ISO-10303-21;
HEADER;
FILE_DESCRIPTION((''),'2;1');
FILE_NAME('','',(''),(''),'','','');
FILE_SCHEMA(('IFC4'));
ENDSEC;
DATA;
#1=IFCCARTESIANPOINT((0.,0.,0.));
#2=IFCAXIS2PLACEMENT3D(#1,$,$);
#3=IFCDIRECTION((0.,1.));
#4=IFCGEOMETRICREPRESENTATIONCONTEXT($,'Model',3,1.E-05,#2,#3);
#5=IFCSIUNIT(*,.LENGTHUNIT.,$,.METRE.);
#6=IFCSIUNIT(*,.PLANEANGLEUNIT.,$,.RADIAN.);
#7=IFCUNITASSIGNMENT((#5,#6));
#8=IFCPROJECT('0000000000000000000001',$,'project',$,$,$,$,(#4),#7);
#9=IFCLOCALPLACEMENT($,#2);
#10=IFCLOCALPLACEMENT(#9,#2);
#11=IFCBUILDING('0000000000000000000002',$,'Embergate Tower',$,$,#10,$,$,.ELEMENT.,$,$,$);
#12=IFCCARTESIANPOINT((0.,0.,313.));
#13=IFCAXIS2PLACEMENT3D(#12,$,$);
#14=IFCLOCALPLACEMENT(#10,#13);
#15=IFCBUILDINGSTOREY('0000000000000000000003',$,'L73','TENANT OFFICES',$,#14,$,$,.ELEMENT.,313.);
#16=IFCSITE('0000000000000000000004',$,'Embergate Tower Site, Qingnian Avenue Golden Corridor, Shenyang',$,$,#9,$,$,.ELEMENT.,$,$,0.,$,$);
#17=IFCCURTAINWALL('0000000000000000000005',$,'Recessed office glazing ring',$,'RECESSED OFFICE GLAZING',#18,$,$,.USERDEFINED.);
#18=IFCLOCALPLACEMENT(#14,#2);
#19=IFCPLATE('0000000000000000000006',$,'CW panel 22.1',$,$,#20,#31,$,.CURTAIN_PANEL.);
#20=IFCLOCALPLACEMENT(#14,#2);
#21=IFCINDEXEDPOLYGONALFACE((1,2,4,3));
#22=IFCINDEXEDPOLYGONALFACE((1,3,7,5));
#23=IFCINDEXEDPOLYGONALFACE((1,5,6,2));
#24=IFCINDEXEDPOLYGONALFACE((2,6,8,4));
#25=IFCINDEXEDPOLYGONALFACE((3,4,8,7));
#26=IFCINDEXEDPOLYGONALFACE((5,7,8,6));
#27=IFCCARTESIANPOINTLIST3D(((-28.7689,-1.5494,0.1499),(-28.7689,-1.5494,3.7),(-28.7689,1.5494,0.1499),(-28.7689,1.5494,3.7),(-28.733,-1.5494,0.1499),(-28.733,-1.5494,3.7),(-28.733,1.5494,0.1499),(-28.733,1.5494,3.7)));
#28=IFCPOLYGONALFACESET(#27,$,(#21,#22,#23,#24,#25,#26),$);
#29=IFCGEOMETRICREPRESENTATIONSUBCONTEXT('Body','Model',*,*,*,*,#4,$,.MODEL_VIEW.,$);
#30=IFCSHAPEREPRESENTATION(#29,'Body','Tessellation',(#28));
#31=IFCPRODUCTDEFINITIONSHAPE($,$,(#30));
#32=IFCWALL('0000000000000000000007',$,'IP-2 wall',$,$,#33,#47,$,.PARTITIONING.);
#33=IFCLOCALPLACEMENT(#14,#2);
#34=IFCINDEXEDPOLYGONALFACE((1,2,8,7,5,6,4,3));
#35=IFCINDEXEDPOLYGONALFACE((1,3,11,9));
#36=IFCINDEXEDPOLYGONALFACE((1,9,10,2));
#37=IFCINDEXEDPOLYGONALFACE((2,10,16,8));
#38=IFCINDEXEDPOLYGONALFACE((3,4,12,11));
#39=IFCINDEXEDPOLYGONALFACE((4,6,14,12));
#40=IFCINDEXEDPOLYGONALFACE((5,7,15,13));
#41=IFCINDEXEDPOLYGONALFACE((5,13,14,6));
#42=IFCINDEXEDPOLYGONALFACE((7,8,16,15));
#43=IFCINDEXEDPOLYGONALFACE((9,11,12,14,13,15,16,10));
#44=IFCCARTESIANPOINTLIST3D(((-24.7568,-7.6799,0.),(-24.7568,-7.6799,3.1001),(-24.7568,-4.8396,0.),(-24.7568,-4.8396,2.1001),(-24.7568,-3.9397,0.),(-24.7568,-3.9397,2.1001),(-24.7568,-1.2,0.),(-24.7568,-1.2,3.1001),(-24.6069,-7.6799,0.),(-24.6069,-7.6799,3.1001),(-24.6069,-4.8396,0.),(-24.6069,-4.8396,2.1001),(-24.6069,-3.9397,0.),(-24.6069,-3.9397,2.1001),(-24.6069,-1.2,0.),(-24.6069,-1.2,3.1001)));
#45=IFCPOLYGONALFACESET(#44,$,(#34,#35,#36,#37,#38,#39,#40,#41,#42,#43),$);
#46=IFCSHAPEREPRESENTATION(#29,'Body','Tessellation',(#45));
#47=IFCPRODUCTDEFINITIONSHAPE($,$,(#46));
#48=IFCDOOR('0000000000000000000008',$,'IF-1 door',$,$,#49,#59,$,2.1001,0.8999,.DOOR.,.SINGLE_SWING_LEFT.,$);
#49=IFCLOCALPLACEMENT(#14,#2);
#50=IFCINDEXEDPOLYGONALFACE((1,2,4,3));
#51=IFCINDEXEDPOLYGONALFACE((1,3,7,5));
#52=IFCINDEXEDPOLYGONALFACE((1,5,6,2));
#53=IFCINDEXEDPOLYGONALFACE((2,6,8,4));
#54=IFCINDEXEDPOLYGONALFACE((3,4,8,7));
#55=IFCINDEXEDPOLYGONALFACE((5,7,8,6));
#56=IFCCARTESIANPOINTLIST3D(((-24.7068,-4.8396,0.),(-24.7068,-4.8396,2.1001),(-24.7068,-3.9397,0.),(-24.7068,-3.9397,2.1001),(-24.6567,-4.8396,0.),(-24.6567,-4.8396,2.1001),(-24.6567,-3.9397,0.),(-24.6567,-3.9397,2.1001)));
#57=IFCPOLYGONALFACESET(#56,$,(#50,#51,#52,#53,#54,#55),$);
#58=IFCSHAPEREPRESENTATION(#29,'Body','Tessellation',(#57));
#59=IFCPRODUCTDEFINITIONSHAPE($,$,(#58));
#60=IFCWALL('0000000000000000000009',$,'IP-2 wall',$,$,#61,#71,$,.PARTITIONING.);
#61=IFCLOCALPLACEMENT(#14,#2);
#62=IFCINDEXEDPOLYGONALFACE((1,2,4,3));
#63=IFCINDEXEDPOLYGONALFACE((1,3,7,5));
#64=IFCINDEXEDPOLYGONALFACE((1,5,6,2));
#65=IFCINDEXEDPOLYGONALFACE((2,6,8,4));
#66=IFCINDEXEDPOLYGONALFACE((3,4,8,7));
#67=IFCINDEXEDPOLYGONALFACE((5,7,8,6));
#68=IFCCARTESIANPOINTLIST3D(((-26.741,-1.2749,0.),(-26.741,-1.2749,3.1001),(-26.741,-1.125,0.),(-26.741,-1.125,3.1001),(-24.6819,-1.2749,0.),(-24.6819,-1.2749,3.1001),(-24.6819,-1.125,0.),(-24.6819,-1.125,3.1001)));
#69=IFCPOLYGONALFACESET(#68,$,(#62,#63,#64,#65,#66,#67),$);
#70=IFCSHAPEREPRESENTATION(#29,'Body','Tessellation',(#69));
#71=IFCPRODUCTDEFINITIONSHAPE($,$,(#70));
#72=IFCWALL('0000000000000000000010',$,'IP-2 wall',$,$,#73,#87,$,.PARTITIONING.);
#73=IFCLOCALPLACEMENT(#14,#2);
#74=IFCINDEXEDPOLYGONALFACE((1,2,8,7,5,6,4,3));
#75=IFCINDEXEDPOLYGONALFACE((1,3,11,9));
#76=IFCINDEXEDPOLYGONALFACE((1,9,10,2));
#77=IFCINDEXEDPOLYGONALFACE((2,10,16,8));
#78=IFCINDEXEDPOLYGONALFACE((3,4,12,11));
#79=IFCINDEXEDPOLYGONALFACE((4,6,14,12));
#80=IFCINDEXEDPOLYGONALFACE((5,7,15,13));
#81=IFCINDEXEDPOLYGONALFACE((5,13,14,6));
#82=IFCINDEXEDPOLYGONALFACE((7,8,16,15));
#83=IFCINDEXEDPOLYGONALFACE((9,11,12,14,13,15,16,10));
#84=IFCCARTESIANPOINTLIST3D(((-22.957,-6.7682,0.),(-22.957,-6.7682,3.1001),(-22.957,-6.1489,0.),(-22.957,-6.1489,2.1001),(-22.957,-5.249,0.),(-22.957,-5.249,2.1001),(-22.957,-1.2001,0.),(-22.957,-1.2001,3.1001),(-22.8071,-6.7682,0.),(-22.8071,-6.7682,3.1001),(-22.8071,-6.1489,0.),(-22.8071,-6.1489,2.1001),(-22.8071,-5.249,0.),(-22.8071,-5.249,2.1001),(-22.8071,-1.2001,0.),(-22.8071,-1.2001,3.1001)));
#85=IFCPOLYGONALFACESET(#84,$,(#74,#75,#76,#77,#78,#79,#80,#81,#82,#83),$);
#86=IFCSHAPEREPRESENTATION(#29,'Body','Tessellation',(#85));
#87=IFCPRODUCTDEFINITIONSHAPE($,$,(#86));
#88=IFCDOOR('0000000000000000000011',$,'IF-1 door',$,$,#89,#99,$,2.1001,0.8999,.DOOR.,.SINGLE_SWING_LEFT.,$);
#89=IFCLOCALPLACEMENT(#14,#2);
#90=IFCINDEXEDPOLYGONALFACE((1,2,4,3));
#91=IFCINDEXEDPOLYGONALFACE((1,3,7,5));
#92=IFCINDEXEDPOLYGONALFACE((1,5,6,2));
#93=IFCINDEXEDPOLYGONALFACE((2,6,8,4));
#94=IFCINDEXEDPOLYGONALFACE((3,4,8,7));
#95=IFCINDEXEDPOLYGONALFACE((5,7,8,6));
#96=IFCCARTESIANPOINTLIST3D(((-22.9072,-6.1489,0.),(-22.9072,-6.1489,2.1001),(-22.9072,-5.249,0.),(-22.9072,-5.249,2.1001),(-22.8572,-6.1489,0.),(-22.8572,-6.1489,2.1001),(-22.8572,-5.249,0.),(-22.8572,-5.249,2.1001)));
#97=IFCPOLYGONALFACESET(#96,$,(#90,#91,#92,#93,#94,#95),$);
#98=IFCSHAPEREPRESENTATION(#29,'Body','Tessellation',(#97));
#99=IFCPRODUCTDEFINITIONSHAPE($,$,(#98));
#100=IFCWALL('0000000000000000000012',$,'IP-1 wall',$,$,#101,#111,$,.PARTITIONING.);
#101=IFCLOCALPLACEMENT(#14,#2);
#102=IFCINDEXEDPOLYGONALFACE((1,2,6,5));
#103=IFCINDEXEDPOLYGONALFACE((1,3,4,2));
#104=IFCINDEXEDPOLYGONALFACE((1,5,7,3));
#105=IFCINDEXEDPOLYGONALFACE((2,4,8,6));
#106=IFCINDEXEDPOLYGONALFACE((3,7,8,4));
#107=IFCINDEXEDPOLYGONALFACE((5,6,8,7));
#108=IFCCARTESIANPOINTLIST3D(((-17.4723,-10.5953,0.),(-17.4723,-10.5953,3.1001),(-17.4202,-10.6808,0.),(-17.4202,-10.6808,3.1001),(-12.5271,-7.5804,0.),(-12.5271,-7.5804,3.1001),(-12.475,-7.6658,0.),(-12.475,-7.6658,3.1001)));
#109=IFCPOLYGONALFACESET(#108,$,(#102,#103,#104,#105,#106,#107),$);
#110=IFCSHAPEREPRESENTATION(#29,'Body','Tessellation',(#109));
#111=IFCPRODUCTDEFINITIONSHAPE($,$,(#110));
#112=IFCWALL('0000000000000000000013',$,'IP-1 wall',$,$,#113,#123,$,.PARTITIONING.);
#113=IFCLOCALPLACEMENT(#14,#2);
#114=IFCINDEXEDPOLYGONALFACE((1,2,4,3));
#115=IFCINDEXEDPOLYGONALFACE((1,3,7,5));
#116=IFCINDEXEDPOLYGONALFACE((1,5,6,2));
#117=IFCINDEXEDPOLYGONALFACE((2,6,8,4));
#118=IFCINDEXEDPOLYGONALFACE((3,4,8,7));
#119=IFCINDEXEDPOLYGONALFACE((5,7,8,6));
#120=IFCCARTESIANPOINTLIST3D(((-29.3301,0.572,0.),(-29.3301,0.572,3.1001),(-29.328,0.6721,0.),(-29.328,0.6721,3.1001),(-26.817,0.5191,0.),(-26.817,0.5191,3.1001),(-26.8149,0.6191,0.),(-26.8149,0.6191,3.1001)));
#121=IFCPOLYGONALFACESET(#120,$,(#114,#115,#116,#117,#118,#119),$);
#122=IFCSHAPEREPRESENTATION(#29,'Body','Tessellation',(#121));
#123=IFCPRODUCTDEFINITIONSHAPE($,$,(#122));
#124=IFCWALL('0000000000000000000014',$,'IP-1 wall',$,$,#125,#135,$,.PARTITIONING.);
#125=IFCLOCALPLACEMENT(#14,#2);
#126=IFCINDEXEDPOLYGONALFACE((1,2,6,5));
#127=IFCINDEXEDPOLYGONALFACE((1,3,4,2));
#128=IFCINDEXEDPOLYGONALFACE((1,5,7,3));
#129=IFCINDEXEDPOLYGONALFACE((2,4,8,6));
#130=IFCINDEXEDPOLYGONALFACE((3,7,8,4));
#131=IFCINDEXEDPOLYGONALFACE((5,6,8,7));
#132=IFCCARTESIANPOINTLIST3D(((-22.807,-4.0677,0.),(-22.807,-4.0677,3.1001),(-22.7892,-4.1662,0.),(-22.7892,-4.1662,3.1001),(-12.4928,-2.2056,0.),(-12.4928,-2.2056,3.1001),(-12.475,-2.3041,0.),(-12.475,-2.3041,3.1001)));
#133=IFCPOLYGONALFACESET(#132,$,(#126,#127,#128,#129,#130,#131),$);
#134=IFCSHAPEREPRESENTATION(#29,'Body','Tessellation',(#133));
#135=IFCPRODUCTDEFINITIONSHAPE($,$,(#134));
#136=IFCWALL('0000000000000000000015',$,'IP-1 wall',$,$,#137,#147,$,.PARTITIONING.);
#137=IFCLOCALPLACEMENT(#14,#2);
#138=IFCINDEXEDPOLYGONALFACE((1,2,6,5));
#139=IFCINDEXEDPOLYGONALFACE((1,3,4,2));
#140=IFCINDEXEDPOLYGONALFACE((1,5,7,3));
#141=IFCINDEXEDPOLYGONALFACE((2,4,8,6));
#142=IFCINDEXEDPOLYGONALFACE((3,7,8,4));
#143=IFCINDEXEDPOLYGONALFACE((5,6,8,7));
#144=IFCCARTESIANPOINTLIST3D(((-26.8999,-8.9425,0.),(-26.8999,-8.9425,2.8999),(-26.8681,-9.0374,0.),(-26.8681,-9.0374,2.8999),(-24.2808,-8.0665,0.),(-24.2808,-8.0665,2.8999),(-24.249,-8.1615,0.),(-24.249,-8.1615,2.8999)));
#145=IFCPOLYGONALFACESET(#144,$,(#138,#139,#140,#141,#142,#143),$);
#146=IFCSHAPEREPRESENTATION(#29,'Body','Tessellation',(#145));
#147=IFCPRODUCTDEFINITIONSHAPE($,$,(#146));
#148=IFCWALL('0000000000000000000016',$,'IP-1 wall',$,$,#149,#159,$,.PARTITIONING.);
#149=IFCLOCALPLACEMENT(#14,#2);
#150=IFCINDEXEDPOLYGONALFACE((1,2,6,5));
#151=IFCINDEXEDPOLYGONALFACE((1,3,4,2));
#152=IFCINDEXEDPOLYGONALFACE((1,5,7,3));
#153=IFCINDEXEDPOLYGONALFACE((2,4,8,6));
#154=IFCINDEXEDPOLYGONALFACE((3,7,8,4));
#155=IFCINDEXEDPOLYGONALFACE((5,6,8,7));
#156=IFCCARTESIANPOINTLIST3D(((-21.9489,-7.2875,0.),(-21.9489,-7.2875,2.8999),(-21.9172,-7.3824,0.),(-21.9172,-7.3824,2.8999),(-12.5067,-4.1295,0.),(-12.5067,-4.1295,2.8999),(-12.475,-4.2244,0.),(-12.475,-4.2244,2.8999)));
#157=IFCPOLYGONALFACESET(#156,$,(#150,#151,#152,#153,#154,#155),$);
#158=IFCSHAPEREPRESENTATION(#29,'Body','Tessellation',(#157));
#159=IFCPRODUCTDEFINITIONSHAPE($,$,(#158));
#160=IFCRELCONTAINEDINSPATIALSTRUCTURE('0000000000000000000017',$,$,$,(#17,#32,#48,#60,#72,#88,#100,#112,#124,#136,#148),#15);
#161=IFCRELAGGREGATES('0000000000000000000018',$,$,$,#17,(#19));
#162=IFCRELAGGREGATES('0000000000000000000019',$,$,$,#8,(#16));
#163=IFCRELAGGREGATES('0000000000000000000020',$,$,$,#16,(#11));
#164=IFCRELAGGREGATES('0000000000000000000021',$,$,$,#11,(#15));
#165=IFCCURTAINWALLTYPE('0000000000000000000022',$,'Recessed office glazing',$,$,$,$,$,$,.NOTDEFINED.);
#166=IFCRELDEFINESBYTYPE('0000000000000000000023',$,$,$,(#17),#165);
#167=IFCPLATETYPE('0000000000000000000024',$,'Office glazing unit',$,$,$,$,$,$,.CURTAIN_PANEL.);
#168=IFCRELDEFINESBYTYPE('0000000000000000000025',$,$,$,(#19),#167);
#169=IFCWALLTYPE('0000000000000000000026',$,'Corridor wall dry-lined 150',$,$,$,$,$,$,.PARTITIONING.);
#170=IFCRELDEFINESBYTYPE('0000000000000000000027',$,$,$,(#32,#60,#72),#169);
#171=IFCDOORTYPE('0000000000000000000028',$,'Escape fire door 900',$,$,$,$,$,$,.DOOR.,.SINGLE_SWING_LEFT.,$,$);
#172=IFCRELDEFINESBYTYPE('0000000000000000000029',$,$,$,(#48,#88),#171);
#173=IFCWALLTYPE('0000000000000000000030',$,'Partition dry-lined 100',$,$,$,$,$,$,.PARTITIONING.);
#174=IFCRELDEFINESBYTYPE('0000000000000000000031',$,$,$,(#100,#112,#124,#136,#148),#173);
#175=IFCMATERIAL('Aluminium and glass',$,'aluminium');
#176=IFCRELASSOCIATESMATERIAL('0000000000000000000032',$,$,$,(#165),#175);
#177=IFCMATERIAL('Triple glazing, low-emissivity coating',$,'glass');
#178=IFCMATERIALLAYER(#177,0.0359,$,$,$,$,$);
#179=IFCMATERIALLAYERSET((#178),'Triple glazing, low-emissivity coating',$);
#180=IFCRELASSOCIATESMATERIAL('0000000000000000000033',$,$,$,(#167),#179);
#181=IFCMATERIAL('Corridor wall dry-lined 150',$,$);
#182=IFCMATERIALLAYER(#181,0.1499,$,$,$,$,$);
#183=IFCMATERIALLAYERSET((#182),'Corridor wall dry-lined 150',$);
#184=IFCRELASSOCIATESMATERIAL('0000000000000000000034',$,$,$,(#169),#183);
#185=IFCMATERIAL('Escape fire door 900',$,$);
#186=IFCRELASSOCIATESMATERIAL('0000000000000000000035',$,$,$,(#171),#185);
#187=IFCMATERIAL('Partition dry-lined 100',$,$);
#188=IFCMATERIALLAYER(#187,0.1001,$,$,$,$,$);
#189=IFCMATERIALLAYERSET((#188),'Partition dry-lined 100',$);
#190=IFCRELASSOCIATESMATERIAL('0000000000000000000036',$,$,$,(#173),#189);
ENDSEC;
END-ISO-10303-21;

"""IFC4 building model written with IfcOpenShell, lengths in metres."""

from ifc_helpers import new_model, si_unit, direction, frame, frame_2d, origin, origin_2d, place, context, subcontext, project, spatial, rectangle, extrude, source, transform, mapped, material, layer, layer_set, type_object, element, fill, aggregate, save


model = new_model("IFC4")

# Units and contexts
model_context = context("Model", 3, precision=1e-05, world=origin(), true_north=direction((0.0, 1.0)))
body_context = subcontext(model_context, "Body", "Model", "MODEL_VIEW")
ifc_project = project(units=[si_unit("LENGTHUNIT", "METRE"), si_unit("PLANEANGLEUNIT", "RADIAN")], contexts=[model_context])

# Site, building, storey
site_placement = place(None, origin())
site = spatial("IfcSite", under=ifc_project, at=site_placement, Name="Embergate Tower Site, Qingnian Avenue Golden Corridor, Shenyang", CompositionType="ELEMENT", RefElevation=0.0)
building_placement = place(site_placement, origin())
building = spatial("IfcBuilding", under=site, at=building_placement, Name="Embergate Tower", CompositionType="ELEMENT")
storey_placement = place(building_placement, frame((0.0, 0.0, 313.0)))
storey = spatial("IfcBuildingStorey", under=building, at=storey_placement, Name="L73", Description="TENANT OFFICES", CompositionType="ELEMENT", Elevation=313.0)

# Curtain wall, plate
ifc_material_1 = material(Name="Aluminium and glass", Category="aluminium")
curtain_wall_type = type_object("IfcCurtainWallType", Name="Recessed office glazing", PredefinedType="NOTDEFINED", material=ifc_material_1)
curtain_wall_placement = place(storey_placement, origin())
curtain_wall = element("IfcCurtainWall", 1, at=curtain_wall_placement, inside=storey, type_object=curtain_wall_type, Name="Recessed office glazing ring", ObjectType="RECESSED OFFICE GLAZING", PredefinedType="USERDEFINED")
ifc_material_2 = material(Name="Triple glazing, low-emissivity coating", Category="glass")
ifc_layer_1 = layer(ifc_material_2, 0.0359)
ifc_layer_set_1 = layer_set([ifc_layer_1], Name="Triple glazing, low-emissivity coating")
plate_type = type_object("IfcPlateType", Name="Office glazing unit", PredefinedType="CURTAIN_PANEL", material=ifc_layer_set_1)
shared_shape_1 = source(origin(), body_context, "Body", "SweptSolid", [
    extrude(rectangle(XDim=3.0989, YDim=0.0359, at=origin_2d()), origin(), (0.0, 0.0, 1.0), 3.55),
])
plate_1_placement = place(storey_placement, frame((-28.751, 0.0, 0.1499), z_axis=(0.0, 0.0, 1.0), x_axis=(0.0, -1.0, 0.0)))
plate_1 = element("IfcPlate", 2, at=plate_1_placement, type_object=plate_type, Name="CW panel 22.1", PredefinedType="CURTAIN_PANEL", context=body_context, shape_type="MappedRepresentation", body=[
    mapped(shared_shape_1, transform((0.0, 0.0, 0.0))),
])
aggregate(curtain_wall, [plate_1])

# Wall, opening, door
ifc_material_3 = material(Name="Corridor wall dry-lined 150")
ifc_layer_2 = layer(ifc_material_3, 0.1499)
ifc_layer_set_2 = layer_set([ifc_layer_2], Name="Corridor wall dry-lined 150")
wall_type_1 = type_object("IfcWallType", Name="Corridor wall dry-lined 150", PredefinedType="PARTITIONING", material=ifc_layer_set_2)
shared_shape_2 = source(origin(), body_context, "Body", "SweptSolid", [
    extrude(rectangle(XDim=6.48, YDim=0.1499, at=frame_2d((3.24, 0.0))), origin(), (0.0, 0.0, 1.0), 3.1001),
])
wall_1_placement = place(storey_placement, frame((-24.6819, -7.6799, 0.0), z_axis=(0.0, 0.0, 1.0), x_axis=(0.0, 1.0, 0.0)))
wall_1 = element("IfcWall", 3, at=wall_1_placement, inside=storey, type_object=wall_type_1, Name="IP-2 wall", PredefinedType="PARTITIONING", context=body_context, shape_type="MappedRepresentation", body=[
    mapped(shared_shape_2, transform((0.0, 0.0, 0.0))),
])
shared_shape_3 = source(origin(), body_context, "Body", "SweptSolid", [
    extrude(rectangle(XDim=0.8999, YDim=2.1001, at=frame_2d((0.45, 1.05))), frame((0.0, 0.085, 0.0), z_axis=(0.0, -1.0, 0.0), x_axis=(1.0, 0.0, 0.0)), (0.0, 0.0, 1.0), 0.1699),
])
opening_1_placement = place(wall_1_placement, frame((2.8403, 0.0, 0.0)))
opening_1 = element("IfcOpeningElement", 4, at=opening_1_placement, cuts=wall_1, PredefinedType="OPENING", context=body_context, shape_type="MappedRepresentation", body=[
    mapped(shared_shape_3, transform((0.0, 0.0, 0.0))),
])
ifc_material_4 = material(Name="Escape fire door 900")
door_type = type_object("IfcDoorType", Name="Escape fire door 900", OperationType="SINGLE_SWING_LEFT", PredefinedType="DOOR", material=ifc_material_4)
shared_shape_4 = source(origin(), body_context, "Body", "SweptSolid", [
    extrude(rectangle(XDim=0.8999, YDim=2.1001, at=frame_2d((0.45, 1.05))), frame((0.0, 0.0249, 0.0), z_axis=(0.0, -1.0, 0.0), x_axis=(1.0, 0.0, 0.0)), (0.0, 0.0, 1.0), 0.05),
])
door_1_placement = place(opening_1_placement, origin())
door_1 = element("IfcDoor", 5, at=door_1_placement, inside=storey, type_object=door_type, Name="IF-1 door", OperationType="SINGLE_SWING_LEFT", OverallHeight=2.1001, OverallWidth=0.8999, PredefinedType="DOOR", context=body_context, shape_type="MappedRepresentation", body=[
    mapped(shared_shape_4, transform((0.0, 0.0, 0.0))),
])
fill(opening_1, door_1)

# Wall
shared_shape_5 = source(origin(), body_context, "Body", "SweptSolid", [
    extrude(rectangle(XDim=2.0591, YDim=0.1499, at=frame_2d((1.0295, 0.0))), origin(), (0.0, 0.0, 1.0), 3.1001),
])
wall_2_placement = place(storey_placement, frame((-24.6819, -1.2, 0.0), z_axis=(0.0, 0.0, 1.0), x_axis=(-1.0, 0.0, 0.0)))
element("IfcWall", 6, at=wall_2_placement, inside=storey, type_object=wall_type_1, Name="IP-2 wall", PredefinedType="PARTITIONING", context=body_context, shape_type="MappedRepresentation", body=[
    mapped(shared_shape_5, transform((0.0, 0.0, 0.0))),
])

# Wall, opening, door
shared_shape_6 = source(origin(), body_context, "Body", "SweptSolid", [
    extrude(rectangle(XDim=5.5681, YDim=0.1499, at=frame_2d((2.7842, 0.0))), origin(), (0.0, 0.0, 1.0), 3.1001),
])
wall_3_placement = place(storey_placement, frame((-22.8821, -1.2, 0.0), z_axis=(0.0, 0.0, 1.0), x_axis=(0.0, -1.0, 0.0)))
wall_3 = element("IfcWall", 7, at=wall_3_placement, inside=storey, type_object=wall_type_1, Name="IP-2 wall", PredefinedType="PARTITIONING", context=body_context, shape_type="MappedRepresentation", body=[
    mapped(shared_shape_6, transform((0.0, 0.0, 0.0))),
])
opening_2_placement = place(wall_3_placement, frame((4.0491, 0.0, 0.0)))
opening_2 = element("IfcOpeningElement", 8, at=opening_2_placement, cuts=wall_3, PredefinedType="OPENING", context=body_context, shape_type="MappedRepresentation", body=[
    mapped(shared_shape_3, transform((0.0, 0.0, 0.0))),
])
door_2_placement = place(opening_2_placement, origin())
door_2 = element("IfcDoor", 9, at=door_2_placement, inside=storey, type_object=door_type, Name="IF-1 door", OperationType="SINGLE_SWING_LEFT", OverallHeight=2.1001, OverallWidth=0.8999, PredefinedType="DOOR", context=body_context, shape_type="MappedRepresentation", body=[
    mapped(shared_shape_4, transform((0.0, 0.0, 0.0))),
])
fill(opening_2, door_2)

# Walls
ifc_material_5 = material(Name="Partition dry-lined 100")
ifc_layer_3 = layer(ifc_material_5, 0.1001)
ifc_layer_set_3 = layer_set([ifc_layer_3], Name="Partition dry-lined 100")
wall_type_2 = type_object("IfcWallType", Name="Partition dry-lined 100", PredefinedType="PARTITIONING", material=ifc_layer_set_3)
shared_shape_7 = source(origin(), body_context, "Body", "SweptSolid", [
    extrude(rectangle(XDim=5.7917, YDim=0.1001, at=frame_2d((2.896, 0.0))), origin(), (0.0, 0.0, 1.0), 3.1001),
])
wall_4_placement = place(storey_placement, frame((-12.501, -7.623, 0.0), z_axis=(0.0, 0.0, 1.0), x_axis=(-0.853826, -0.520558, 0.0)))
element("IfcWall", 10, at=wall_4_placement, inside=storey, type_object=wall_type_2, Name="IP-1 wall", PredefinedType="PARTITIONING", context=body_context, shape_type="MappedRepresentation", body=[
    mapped(shared_shape_7, transform((0.0, 0.0, 0.0))),
])
shared_shape_8 = source(origin(), body_context, "Body", "SweptSolid", [
    extrude(rectangle(XDim=2.5137, YDim=0.1001, at=frame_2d((1.2568, 0.0))), origin(), (0.0, 0.0, 1.0), 3.1001),
])
wall_5_placement = place(storey_placement, frame((-26.8159, 0.5691, 0.0), z_axis=(0.0, 0.0, 1.0), x_axis=(-0.999778, 0.021076, 0.0)))
element("IfcWall", 11, at=wall_5_placement, inside=storey, type_object=wall_type_2, Name="IP-1 wall", PredefinedType="PARTITIONING", context=body_context, shape_type="MappedRepresentation", body=[
    mapped(shared_shape_8, transform((0.0, 0.0, 0.0))),
])
shared_shape_9 = source(origin(), body_context, "Body", "SweptSolid", [
    extrude(rectangle(XDim=10.481, YDim=0.1001, at=frame_2d((5.2405, 0.0))), origin(), (0.0, 0.0, 1.0), 3.1001),
])
wall_6_placement = place(storey_placement, frame((-12.4839, -2.2549, 0.0), z_axis=(0.0, 0.0, 1.0), x_axis=(-0.984092, -0.177662, 0.0)))
element("IfcWall", 12, at=wall_6_placement, inside=storey, type_object=wall_type_2, Name="IP-1 wall", PredefinedType="PARTITIONING", context=body_context, shape_type="MappedRepresentation", body=[
    mapped(shared_shape_9, transform((0.0, 0.0, 0.0))),
])
shared_shape_10 = source(origin(), body_context, "Body", "SweptSolid", [
    extrude(rectangle(XDim=2.7617, YDim=0.1001, at=frame_2d((1.3809, 0.0))), origin(), (0.0, 0.0, 1.0), 2.8999),
])
wall_7_placement = place(storey_placement, frame((-24.2649, -8.114, 0.0), z_axis=(0.0, 0.0, 1.0), x_axis=(-0.948365, -0.317182, 0.0)))
element("IfcWall", 13, at=wall_7_placement, inside=storey, type_object=wall_type_2, Name="IP-1 wall", PredefinedType="PARTITIONING", context=body_context, shape_type="MappedRepresentation", body=[
    mapped(shared_shape_10, transform((0.0, 0.0, 0.0))),
])
shared_shape_11 = source(origin(), body_context, "Body", "SweptSolid", [
    extrude(rectangle(XDim=9.9563, YDim=0.1001, at=frame_2d((4.978, 0.0))), origin(), (0.0, 0.0, 1.0), 2.8999),
])
wall_8_placement = place(storey_placement, frame((-12.491, -4.177, 0.0), z_axis=(0.0, 0.0, 1.0), x_axis=(-0.948364, -0.317184, 0.0)))
element("IfcWall", 14, at=wall_8_placement, inside=storey, type_object=wall_type_2, Name="IP-1 wall", PredefinedType="PARTITIONING", context=body_context, shape_type="MappedRepresentation", body=[
    mapped(shared_shape_11, transform((0.0, 0.0, 0.0))),
])

save(model, "model.ifc")
